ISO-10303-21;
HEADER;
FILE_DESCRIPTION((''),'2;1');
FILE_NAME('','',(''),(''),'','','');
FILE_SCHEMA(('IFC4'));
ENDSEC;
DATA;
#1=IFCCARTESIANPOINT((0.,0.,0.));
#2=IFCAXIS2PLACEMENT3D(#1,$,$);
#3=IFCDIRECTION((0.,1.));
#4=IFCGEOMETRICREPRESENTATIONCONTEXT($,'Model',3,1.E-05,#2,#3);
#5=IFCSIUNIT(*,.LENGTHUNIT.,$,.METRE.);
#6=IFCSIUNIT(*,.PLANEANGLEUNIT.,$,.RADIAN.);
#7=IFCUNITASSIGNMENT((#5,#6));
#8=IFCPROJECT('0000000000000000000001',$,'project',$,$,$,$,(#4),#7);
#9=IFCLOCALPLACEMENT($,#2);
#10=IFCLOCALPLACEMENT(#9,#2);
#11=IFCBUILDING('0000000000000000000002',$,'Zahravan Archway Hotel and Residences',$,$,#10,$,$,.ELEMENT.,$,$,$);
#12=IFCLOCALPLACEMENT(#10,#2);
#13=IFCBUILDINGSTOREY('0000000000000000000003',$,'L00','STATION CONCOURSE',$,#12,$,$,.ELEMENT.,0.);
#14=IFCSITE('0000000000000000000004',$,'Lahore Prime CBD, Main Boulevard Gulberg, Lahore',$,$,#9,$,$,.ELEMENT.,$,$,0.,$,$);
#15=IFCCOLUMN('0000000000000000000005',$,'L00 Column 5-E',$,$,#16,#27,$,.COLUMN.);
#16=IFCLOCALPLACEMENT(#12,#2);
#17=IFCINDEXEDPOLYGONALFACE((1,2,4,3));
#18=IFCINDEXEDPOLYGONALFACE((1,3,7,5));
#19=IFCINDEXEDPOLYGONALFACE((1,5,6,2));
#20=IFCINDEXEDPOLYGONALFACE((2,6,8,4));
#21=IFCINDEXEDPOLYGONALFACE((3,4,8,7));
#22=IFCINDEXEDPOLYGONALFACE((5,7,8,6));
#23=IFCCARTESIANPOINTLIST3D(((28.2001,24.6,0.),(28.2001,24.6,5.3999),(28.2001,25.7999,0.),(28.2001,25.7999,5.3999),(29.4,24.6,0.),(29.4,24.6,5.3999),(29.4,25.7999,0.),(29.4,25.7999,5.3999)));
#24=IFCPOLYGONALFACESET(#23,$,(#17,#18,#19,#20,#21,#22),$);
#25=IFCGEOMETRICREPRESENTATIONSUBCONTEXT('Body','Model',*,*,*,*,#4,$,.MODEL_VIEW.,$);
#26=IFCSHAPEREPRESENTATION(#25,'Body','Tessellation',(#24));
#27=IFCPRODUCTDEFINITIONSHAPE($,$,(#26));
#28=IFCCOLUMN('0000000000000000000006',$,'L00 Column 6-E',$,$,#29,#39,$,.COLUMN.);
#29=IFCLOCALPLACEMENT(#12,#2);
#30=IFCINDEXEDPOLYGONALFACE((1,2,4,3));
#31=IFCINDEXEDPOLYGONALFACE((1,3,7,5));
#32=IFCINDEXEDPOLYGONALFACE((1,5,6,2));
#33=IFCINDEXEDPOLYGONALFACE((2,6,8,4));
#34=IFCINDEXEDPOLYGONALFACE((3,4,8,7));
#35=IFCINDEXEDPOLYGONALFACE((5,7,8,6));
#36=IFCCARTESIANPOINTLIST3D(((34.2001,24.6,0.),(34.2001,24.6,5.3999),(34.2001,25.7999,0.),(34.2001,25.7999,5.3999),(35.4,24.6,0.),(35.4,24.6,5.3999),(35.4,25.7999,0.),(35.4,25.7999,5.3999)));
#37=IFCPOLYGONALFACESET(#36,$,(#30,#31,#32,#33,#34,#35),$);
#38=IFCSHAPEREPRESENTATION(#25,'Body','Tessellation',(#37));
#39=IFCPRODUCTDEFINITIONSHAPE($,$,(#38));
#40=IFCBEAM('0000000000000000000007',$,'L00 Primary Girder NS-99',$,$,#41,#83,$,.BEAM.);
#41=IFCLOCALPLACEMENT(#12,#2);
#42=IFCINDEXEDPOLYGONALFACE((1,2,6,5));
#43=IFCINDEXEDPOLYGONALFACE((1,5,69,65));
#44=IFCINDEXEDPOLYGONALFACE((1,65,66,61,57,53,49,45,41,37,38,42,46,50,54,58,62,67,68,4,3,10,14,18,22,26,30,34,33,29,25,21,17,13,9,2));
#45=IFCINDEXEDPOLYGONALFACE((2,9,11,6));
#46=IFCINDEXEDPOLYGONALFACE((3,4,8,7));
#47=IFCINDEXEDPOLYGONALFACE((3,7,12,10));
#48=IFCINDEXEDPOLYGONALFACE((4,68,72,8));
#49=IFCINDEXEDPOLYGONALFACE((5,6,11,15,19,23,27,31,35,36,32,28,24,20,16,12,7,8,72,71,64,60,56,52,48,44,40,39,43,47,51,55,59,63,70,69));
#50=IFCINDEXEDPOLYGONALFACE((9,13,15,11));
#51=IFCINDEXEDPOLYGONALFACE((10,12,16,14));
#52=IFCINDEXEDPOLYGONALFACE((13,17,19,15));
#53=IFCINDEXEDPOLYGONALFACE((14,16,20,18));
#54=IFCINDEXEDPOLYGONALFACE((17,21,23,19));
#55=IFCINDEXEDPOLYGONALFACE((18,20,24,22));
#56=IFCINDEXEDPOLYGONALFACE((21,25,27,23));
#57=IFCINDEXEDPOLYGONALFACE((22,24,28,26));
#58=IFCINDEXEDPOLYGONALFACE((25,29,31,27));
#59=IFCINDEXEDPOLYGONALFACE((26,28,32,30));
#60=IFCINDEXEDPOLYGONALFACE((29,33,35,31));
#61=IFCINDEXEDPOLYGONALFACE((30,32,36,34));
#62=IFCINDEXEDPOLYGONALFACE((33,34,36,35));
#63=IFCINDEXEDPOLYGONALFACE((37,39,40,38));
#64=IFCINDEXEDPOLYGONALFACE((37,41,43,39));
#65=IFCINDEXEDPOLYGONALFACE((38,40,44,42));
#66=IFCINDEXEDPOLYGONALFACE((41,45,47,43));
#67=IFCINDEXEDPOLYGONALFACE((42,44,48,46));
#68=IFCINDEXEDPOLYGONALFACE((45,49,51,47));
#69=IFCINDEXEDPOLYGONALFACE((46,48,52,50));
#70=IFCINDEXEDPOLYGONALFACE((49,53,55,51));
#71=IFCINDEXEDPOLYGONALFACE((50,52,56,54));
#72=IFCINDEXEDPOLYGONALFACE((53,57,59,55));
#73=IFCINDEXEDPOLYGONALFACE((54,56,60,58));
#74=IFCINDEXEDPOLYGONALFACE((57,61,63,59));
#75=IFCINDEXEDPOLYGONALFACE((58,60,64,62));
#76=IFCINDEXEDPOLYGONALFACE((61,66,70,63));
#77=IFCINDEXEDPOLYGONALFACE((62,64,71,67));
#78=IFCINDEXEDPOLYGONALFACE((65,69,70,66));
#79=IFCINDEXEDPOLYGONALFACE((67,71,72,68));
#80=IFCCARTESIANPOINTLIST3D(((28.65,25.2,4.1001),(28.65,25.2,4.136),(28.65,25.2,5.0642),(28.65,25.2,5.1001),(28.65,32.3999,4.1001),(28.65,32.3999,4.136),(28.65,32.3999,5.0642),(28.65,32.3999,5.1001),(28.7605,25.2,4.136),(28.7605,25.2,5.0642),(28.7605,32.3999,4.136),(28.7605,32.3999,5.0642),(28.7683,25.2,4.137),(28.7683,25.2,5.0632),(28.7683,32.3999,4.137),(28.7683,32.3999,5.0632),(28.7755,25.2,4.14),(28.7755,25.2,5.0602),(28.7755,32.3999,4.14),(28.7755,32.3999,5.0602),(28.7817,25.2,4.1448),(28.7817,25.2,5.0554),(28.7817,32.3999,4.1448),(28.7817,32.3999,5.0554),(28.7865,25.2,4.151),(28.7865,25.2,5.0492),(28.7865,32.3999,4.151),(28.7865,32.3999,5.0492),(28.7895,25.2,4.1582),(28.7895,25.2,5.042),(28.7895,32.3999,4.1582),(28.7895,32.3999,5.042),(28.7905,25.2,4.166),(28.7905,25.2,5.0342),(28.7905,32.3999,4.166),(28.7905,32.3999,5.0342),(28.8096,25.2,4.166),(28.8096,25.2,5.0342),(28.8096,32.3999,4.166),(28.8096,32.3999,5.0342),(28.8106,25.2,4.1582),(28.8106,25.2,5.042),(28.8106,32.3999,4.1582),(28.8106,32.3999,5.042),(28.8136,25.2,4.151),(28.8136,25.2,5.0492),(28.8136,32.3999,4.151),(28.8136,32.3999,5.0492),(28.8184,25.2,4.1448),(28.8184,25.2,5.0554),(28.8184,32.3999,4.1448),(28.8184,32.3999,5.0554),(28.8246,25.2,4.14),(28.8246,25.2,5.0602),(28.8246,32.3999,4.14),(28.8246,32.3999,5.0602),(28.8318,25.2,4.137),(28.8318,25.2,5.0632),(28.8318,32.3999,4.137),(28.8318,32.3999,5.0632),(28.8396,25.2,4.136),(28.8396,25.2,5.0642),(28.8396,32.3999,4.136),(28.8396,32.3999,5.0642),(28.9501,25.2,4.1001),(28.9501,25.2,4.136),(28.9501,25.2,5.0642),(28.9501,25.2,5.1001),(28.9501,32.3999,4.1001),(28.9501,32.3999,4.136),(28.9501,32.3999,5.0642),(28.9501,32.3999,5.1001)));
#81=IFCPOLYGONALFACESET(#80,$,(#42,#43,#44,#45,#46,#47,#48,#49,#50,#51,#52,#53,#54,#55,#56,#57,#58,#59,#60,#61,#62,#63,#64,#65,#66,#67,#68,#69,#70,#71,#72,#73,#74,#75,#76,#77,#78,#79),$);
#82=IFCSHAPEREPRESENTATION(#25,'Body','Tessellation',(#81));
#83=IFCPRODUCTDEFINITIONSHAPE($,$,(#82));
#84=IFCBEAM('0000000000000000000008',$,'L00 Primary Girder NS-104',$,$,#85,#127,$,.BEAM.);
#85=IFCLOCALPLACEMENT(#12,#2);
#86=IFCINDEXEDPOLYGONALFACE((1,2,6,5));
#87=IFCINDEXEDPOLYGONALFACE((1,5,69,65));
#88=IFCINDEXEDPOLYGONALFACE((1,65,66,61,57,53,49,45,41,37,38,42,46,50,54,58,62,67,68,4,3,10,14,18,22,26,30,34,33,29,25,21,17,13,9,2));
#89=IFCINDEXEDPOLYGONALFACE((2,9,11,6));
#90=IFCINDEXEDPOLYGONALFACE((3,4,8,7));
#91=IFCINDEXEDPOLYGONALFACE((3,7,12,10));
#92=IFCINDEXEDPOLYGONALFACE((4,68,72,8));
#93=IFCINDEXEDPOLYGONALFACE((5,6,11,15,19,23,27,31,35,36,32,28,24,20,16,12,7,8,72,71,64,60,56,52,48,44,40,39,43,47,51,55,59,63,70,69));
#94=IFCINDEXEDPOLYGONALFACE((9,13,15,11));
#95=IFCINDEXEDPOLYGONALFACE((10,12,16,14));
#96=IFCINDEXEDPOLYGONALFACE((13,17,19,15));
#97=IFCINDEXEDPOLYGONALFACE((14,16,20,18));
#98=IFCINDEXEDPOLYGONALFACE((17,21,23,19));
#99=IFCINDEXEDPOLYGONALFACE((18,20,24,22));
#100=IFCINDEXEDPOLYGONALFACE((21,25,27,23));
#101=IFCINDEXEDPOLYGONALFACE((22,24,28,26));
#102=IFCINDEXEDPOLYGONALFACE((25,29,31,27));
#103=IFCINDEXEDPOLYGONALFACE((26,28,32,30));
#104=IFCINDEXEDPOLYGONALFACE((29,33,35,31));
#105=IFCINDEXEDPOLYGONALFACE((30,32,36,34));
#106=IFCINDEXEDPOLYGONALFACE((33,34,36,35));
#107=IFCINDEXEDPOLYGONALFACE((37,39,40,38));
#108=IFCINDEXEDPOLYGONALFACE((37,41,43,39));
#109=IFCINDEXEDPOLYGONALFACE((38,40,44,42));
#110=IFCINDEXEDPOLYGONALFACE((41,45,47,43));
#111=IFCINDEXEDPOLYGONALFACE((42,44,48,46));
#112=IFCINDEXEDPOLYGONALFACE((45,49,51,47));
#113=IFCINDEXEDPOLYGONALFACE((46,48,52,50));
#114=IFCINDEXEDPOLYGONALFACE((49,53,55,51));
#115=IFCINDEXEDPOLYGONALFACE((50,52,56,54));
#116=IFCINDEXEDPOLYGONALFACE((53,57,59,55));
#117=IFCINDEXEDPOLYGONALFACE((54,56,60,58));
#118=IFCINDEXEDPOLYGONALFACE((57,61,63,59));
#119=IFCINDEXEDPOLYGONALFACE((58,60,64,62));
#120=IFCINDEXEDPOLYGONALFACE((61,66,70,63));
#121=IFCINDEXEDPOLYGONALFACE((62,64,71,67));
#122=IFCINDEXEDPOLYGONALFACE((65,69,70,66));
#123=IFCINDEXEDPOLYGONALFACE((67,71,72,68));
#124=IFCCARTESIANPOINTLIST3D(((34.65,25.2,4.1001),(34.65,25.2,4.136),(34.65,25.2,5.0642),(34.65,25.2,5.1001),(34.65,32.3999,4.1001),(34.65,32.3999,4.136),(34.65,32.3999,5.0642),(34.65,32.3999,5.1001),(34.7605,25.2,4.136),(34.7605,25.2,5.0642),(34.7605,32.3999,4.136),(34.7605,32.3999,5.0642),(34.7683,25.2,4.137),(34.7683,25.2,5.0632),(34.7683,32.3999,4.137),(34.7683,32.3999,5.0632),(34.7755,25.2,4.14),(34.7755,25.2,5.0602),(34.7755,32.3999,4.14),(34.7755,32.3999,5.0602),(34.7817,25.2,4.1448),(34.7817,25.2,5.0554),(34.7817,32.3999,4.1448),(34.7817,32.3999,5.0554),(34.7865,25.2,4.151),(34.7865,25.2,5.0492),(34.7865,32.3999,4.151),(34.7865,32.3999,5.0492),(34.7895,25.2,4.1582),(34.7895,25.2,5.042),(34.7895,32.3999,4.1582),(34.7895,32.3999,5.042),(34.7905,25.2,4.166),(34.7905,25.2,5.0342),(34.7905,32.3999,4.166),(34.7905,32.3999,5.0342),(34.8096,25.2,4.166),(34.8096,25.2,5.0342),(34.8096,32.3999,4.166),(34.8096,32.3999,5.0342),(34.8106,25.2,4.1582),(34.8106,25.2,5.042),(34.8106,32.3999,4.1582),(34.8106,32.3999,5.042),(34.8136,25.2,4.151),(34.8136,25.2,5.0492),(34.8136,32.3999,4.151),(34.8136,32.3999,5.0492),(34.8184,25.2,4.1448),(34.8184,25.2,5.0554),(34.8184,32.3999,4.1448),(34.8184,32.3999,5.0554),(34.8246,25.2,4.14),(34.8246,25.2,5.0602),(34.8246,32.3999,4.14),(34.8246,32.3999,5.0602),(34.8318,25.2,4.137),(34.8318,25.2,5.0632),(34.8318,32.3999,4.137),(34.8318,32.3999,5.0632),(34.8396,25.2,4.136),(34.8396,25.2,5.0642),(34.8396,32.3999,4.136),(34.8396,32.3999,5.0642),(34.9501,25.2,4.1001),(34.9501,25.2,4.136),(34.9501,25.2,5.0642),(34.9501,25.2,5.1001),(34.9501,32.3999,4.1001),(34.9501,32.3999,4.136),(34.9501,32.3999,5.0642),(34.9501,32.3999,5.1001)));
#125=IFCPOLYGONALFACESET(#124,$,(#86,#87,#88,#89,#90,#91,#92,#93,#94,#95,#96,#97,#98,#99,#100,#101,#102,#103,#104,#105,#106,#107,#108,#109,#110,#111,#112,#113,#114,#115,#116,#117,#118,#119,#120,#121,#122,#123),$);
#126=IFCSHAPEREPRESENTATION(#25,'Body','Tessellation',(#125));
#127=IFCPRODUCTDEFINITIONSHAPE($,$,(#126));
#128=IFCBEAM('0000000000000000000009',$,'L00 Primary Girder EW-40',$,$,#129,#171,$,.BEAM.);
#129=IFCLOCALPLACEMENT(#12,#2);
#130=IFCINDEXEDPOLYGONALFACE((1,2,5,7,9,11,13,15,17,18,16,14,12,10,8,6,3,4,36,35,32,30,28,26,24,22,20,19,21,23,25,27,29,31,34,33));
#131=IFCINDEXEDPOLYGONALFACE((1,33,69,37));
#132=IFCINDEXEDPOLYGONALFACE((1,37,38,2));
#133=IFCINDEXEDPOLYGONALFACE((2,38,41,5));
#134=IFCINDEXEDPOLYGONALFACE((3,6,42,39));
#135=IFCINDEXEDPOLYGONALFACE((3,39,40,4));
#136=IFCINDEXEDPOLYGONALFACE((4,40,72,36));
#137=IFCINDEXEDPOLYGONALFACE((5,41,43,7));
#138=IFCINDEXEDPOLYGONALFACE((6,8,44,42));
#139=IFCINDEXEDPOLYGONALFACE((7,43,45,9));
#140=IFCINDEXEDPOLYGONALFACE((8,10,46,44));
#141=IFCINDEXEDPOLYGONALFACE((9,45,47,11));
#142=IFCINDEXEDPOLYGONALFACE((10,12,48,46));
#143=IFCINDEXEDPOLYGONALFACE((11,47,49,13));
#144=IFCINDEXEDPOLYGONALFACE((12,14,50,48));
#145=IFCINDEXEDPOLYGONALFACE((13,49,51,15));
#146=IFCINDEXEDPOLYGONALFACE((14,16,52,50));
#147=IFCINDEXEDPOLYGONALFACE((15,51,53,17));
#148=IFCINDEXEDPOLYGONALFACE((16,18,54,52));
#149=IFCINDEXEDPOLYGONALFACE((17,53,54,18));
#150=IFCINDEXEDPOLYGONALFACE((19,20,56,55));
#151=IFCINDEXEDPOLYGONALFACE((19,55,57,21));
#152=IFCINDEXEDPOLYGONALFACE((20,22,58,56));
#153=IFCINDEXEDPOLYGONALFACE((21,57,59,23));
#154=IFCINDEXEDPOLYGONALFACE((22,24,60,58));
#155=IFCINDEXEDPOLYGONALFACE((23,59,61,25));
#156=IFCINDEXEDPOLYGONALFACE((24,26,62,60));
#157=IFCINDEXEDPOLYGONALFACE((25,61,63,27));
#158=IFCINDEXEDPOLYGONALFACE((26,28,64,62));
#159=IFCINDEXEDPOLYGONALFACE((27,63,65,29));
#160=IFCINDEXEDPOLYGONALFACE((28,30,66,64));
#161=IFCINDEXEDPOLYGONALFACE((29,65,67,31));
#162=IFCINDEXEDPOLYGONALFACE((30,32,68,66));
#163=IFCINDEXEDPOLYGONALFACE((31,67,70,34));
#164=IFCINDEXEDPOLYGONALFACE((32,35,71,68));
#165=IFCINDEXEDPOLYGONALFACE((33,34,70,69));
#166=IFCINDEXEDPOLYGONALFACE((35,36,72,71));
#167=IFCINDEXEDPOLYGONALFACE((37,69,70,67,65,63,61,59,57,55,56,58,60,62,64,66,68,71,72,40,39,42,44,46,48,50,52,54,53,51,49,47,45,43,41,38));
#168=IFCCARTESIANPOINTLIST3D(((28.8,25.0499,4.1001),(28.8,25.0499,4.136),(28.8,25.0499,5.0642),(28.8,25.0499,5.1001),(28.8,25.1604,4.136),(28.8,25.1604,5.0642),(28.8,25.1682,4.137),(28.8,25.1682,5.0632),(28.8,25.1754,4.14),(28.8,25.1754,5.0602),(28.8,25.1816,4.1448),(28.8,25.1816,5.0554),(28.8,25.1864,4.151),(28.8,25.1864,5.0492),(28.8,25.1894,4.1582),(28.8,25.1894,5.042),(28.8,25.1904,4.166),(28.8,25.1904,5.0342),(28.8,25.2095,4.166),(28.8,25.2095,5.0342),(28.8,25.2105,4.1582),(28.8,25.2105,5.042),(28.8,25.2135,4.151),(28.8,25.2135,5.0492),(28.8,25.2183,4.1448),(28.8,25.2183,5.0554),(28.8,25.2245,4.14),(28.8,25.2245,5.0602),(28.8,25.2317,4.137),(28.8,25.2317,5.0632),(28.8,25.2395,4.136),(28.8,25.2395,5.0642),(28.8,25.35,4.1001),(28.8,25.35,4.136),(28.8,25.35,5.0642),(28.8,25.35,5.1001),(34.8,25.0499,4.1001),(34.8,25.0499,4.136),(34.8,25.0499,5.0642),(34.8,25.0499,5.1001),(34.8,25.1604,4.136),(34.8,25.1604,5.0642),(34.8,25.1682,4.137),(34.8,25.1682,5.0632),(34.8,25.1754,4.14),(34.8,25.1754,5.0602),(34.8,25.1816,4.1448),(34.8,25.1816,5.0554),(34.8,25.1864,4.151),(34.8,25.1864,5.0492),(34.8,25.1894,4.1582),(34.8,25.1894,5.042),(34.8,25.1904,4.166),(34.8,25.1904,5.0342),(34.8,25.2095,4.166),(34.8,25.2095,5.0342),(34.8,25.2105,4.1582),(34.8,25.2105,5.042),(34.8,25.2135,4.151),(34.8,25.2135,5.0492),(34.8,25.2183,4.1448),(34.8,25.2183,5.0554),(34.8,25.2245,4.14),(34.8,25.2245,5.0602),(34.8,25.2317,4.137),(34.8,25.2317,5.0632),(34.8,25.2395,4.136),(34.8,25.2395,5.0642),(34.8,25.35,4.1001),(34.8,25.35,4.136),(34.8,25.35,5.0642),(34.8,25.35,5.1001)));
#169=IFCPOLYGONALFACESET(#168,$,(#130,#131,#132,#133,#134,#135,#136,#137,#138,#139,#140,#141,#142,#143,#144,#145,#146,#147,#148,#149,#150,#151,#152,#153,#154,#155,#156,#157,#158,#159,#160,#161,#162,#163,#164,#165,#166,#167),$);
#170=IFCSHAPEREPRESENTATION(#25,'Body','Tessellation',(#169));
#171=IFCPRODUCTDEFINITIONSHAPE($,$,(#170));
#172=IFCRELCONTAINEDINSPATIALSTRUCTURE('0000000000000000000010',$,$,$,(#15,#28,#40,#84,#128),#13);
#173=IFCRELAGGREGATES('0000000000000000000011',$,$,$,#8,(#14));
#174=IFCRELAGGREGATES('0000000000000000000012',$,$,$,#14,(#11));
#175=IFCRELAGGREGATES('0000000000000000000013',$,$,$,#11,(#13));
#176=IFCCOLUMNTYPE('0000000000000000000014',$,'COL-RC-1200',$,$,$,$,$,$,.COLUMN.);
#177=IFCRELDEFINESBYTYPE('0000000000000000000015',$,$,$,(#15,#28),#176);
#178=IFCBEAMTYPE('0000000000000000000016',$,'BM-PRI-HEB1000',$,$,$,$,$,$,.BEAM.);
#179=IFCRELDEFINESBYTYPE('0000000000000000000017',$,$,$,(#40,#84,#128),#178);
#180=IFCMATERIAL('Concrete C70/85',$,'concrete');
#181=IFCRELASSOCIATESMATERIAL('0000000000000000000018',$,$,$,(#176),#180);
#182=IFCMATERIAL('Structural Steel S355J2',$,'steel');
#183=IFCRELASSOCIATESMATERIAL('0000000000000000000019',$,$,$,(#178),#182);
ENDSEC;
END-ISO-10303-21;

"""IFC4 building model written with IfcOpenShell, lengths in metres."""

from ifc_helpers import new_model, si_unit, direction, frame, origin, origin_2d, place, context, subcontext, project, spatial, rectangle, i_section, extrude, source, transform, mapped, material, material_profile, profile_set, type_object, element, save


model = new_model("IFC4")

# Units and contexts
model_context = context("Model", 3, precision=1e-05, world=origin(), true_north=direction((0.0, 1.0)))
body_context = subcontext(model_context, "Body", "Model", "MODEL_VIEW")
ifc_project = project(units=[si_unit("LENGTHUNIT", "METRE"), si_unit("PLANEANGLEUNIT", "RADIAN")], contexts=[model_context])

# Site, building, storey
site_placement = place(None, origin())
site = spatial("IfcSite", under=ifc_project, at=site_placement, Name="Lahore Prime CBD, Main Boulevard Gulberg, Lahore", CompositionType="ELEMENT", RefElevation=0.0)
building_placement = place(site_placement, origin())
building = spatial("IfcBuilding", under=site, at=building_placement, Name="Zahravan Archway Hotel and Residences", CompositionType="ELEMENT")
storey_placement = place(building_placement, origin())
storey = spatial("IfcBuildingStorey", under=building, at=storey_placement, Name="L00", Description="STATION CONCOURSE", CompositionType="ELEMENT", Elevation=0.0)

# Columns
ifc_material_1 = material(Name="Concrete C70/85", Category="concrete")
ifc_material_profile_1 = material_profile(ifc_material_1, rectangle(XDim=1.2, YDim=1.2, at=origin_2d()), Name="RC-COL-1200x1200", Category="concrete")
ifc_profile_set_1 = profile_set([ifc_material_profile_1], Name="Concrete C70/85")
column_type = type_object("IfcColumnType", Name="COL-RC-1200", PredefinedType="COLUMN", material=ifc_profile_set_1)
shared_shape_1 = source(origin(), body_context, "Body", "SweptSolid", [
    extrude(rectangle(XDim=1.2, YDim=1.2, at=origin_2d()), origin(), (0.0, 0.0, 1.0), 5.3999),
])
for number, where, z_axis, x_axis, name in (
    (1, (28.8, 25.2, 0.0), (0.0, 0.0, 1.0), (1.0, 0.0, 0.0), "L00 Column 5-E"),
    (2, (34.8, 25.2, 0.0), (0.0, 0.0, 1.0), (1.0, 0.0, 0.0), "L00 Column 6-E"),
):
    element("IfcColumn", number, at=place(storey_placement, frame(where, z_axis=z_axis, x_axis=x_axis)), inside=storey, type_object=column_type, Name=name, PredefinedType="COLUMN", context=body_context, shape_type="MappedRepresentation", body=[
        mapped(shared_shape_1, transform((0.0, 0.0, 0.0), scale=1.0)),
    ])

# Beams
ifc_material_2 = material(Name="Structural Steel S355J2", Category="steel")
ifc_material_profile_2 = material_profile(ifc_material_2, i_section(OverallWidth=0.3, OverallDepth=1.0, WebThickness=0.019, FlangeThickness=0.0359, FilletRadius=0.03, at=origin_2d()), Name="HEB 1000", Category="steel")
ifc_profile_set_2 = profile_set([ifc_material_profile_2], Name="Structural Steel S355J2")
beam_type_1 = type_object("IfcBeamType", Name="BM-PRI-HEB1000", PredefinedType="BEAM", material=ifc_profile_set_2)
shared_shape_2 = source(origin(), body_context, "Body", "SweptSolid", [
    extrude(i_section(OverallWidth=0.3, OverallDepth=1.0, WebThickness=0.019, FlangeThickness=0.0359, FilletRadius=0.03, at=origin_2d()), origin(), (0.0, 0.0, 1.0), 7.2),
])
for number, where, z_axis, x_axis, name in (
    (3, (28.8, 25.2, 4.6001), (0.0, 1.0, 0.0), (-1.0, 0.0, 0.0), "L00 Primary Girder NS-99"),
    (4, (34.8, 25.2, 4.6001), (0.0, 1.0, 0.0), (-1.0, 0.0, 0.0), "L00 Primary Girder NS-104"),
):
    element("IfcBeam", number, at=place(storey_placement, frame(where, z_axis=z_axis, x_axis=x_axis)), inside=storey, type_object=beam_type_1, Name=name, PredefinedType="BEAM", context=body_context, shape_type="MappedRepresentation", body=[
        mapped(shared_shape_2, transform((0.0, 0.0, 0.0), scale=1.0)),
    ])
shared_shape_3 = source(origin(), body_context, "Body", "SweptSolid", [
    extrude(i_section(OverallWidth=0.3, OverallDepth=1.0, WebThickness=0.019, FlangeThickness=0.0359, FilletRadius=0.03, at=origin_2d()), origin(), (0.0, 0.0, 1.0), 6.0),
])
beam_1_placement = place(storey_placement, frame((28.8, 25.2, 4.6001), z_axis=(1.0, 0.0, 0.0), x_axis=(0.0, 1.0, 0.0)))
element("IfcBeam", 5, at=beam_1_placement, inside=storey, type_object=beam_type_1, Name="L00 Primary Girder EW-40", PredefinedType="BEAM", context=body_context, shape_type="MappedRepresentation", body=[
    mapped(shared_shape_3, transform((0.0, 0.0, 0.0), scale=1.0)),
])

save(model, "model.ifc")
